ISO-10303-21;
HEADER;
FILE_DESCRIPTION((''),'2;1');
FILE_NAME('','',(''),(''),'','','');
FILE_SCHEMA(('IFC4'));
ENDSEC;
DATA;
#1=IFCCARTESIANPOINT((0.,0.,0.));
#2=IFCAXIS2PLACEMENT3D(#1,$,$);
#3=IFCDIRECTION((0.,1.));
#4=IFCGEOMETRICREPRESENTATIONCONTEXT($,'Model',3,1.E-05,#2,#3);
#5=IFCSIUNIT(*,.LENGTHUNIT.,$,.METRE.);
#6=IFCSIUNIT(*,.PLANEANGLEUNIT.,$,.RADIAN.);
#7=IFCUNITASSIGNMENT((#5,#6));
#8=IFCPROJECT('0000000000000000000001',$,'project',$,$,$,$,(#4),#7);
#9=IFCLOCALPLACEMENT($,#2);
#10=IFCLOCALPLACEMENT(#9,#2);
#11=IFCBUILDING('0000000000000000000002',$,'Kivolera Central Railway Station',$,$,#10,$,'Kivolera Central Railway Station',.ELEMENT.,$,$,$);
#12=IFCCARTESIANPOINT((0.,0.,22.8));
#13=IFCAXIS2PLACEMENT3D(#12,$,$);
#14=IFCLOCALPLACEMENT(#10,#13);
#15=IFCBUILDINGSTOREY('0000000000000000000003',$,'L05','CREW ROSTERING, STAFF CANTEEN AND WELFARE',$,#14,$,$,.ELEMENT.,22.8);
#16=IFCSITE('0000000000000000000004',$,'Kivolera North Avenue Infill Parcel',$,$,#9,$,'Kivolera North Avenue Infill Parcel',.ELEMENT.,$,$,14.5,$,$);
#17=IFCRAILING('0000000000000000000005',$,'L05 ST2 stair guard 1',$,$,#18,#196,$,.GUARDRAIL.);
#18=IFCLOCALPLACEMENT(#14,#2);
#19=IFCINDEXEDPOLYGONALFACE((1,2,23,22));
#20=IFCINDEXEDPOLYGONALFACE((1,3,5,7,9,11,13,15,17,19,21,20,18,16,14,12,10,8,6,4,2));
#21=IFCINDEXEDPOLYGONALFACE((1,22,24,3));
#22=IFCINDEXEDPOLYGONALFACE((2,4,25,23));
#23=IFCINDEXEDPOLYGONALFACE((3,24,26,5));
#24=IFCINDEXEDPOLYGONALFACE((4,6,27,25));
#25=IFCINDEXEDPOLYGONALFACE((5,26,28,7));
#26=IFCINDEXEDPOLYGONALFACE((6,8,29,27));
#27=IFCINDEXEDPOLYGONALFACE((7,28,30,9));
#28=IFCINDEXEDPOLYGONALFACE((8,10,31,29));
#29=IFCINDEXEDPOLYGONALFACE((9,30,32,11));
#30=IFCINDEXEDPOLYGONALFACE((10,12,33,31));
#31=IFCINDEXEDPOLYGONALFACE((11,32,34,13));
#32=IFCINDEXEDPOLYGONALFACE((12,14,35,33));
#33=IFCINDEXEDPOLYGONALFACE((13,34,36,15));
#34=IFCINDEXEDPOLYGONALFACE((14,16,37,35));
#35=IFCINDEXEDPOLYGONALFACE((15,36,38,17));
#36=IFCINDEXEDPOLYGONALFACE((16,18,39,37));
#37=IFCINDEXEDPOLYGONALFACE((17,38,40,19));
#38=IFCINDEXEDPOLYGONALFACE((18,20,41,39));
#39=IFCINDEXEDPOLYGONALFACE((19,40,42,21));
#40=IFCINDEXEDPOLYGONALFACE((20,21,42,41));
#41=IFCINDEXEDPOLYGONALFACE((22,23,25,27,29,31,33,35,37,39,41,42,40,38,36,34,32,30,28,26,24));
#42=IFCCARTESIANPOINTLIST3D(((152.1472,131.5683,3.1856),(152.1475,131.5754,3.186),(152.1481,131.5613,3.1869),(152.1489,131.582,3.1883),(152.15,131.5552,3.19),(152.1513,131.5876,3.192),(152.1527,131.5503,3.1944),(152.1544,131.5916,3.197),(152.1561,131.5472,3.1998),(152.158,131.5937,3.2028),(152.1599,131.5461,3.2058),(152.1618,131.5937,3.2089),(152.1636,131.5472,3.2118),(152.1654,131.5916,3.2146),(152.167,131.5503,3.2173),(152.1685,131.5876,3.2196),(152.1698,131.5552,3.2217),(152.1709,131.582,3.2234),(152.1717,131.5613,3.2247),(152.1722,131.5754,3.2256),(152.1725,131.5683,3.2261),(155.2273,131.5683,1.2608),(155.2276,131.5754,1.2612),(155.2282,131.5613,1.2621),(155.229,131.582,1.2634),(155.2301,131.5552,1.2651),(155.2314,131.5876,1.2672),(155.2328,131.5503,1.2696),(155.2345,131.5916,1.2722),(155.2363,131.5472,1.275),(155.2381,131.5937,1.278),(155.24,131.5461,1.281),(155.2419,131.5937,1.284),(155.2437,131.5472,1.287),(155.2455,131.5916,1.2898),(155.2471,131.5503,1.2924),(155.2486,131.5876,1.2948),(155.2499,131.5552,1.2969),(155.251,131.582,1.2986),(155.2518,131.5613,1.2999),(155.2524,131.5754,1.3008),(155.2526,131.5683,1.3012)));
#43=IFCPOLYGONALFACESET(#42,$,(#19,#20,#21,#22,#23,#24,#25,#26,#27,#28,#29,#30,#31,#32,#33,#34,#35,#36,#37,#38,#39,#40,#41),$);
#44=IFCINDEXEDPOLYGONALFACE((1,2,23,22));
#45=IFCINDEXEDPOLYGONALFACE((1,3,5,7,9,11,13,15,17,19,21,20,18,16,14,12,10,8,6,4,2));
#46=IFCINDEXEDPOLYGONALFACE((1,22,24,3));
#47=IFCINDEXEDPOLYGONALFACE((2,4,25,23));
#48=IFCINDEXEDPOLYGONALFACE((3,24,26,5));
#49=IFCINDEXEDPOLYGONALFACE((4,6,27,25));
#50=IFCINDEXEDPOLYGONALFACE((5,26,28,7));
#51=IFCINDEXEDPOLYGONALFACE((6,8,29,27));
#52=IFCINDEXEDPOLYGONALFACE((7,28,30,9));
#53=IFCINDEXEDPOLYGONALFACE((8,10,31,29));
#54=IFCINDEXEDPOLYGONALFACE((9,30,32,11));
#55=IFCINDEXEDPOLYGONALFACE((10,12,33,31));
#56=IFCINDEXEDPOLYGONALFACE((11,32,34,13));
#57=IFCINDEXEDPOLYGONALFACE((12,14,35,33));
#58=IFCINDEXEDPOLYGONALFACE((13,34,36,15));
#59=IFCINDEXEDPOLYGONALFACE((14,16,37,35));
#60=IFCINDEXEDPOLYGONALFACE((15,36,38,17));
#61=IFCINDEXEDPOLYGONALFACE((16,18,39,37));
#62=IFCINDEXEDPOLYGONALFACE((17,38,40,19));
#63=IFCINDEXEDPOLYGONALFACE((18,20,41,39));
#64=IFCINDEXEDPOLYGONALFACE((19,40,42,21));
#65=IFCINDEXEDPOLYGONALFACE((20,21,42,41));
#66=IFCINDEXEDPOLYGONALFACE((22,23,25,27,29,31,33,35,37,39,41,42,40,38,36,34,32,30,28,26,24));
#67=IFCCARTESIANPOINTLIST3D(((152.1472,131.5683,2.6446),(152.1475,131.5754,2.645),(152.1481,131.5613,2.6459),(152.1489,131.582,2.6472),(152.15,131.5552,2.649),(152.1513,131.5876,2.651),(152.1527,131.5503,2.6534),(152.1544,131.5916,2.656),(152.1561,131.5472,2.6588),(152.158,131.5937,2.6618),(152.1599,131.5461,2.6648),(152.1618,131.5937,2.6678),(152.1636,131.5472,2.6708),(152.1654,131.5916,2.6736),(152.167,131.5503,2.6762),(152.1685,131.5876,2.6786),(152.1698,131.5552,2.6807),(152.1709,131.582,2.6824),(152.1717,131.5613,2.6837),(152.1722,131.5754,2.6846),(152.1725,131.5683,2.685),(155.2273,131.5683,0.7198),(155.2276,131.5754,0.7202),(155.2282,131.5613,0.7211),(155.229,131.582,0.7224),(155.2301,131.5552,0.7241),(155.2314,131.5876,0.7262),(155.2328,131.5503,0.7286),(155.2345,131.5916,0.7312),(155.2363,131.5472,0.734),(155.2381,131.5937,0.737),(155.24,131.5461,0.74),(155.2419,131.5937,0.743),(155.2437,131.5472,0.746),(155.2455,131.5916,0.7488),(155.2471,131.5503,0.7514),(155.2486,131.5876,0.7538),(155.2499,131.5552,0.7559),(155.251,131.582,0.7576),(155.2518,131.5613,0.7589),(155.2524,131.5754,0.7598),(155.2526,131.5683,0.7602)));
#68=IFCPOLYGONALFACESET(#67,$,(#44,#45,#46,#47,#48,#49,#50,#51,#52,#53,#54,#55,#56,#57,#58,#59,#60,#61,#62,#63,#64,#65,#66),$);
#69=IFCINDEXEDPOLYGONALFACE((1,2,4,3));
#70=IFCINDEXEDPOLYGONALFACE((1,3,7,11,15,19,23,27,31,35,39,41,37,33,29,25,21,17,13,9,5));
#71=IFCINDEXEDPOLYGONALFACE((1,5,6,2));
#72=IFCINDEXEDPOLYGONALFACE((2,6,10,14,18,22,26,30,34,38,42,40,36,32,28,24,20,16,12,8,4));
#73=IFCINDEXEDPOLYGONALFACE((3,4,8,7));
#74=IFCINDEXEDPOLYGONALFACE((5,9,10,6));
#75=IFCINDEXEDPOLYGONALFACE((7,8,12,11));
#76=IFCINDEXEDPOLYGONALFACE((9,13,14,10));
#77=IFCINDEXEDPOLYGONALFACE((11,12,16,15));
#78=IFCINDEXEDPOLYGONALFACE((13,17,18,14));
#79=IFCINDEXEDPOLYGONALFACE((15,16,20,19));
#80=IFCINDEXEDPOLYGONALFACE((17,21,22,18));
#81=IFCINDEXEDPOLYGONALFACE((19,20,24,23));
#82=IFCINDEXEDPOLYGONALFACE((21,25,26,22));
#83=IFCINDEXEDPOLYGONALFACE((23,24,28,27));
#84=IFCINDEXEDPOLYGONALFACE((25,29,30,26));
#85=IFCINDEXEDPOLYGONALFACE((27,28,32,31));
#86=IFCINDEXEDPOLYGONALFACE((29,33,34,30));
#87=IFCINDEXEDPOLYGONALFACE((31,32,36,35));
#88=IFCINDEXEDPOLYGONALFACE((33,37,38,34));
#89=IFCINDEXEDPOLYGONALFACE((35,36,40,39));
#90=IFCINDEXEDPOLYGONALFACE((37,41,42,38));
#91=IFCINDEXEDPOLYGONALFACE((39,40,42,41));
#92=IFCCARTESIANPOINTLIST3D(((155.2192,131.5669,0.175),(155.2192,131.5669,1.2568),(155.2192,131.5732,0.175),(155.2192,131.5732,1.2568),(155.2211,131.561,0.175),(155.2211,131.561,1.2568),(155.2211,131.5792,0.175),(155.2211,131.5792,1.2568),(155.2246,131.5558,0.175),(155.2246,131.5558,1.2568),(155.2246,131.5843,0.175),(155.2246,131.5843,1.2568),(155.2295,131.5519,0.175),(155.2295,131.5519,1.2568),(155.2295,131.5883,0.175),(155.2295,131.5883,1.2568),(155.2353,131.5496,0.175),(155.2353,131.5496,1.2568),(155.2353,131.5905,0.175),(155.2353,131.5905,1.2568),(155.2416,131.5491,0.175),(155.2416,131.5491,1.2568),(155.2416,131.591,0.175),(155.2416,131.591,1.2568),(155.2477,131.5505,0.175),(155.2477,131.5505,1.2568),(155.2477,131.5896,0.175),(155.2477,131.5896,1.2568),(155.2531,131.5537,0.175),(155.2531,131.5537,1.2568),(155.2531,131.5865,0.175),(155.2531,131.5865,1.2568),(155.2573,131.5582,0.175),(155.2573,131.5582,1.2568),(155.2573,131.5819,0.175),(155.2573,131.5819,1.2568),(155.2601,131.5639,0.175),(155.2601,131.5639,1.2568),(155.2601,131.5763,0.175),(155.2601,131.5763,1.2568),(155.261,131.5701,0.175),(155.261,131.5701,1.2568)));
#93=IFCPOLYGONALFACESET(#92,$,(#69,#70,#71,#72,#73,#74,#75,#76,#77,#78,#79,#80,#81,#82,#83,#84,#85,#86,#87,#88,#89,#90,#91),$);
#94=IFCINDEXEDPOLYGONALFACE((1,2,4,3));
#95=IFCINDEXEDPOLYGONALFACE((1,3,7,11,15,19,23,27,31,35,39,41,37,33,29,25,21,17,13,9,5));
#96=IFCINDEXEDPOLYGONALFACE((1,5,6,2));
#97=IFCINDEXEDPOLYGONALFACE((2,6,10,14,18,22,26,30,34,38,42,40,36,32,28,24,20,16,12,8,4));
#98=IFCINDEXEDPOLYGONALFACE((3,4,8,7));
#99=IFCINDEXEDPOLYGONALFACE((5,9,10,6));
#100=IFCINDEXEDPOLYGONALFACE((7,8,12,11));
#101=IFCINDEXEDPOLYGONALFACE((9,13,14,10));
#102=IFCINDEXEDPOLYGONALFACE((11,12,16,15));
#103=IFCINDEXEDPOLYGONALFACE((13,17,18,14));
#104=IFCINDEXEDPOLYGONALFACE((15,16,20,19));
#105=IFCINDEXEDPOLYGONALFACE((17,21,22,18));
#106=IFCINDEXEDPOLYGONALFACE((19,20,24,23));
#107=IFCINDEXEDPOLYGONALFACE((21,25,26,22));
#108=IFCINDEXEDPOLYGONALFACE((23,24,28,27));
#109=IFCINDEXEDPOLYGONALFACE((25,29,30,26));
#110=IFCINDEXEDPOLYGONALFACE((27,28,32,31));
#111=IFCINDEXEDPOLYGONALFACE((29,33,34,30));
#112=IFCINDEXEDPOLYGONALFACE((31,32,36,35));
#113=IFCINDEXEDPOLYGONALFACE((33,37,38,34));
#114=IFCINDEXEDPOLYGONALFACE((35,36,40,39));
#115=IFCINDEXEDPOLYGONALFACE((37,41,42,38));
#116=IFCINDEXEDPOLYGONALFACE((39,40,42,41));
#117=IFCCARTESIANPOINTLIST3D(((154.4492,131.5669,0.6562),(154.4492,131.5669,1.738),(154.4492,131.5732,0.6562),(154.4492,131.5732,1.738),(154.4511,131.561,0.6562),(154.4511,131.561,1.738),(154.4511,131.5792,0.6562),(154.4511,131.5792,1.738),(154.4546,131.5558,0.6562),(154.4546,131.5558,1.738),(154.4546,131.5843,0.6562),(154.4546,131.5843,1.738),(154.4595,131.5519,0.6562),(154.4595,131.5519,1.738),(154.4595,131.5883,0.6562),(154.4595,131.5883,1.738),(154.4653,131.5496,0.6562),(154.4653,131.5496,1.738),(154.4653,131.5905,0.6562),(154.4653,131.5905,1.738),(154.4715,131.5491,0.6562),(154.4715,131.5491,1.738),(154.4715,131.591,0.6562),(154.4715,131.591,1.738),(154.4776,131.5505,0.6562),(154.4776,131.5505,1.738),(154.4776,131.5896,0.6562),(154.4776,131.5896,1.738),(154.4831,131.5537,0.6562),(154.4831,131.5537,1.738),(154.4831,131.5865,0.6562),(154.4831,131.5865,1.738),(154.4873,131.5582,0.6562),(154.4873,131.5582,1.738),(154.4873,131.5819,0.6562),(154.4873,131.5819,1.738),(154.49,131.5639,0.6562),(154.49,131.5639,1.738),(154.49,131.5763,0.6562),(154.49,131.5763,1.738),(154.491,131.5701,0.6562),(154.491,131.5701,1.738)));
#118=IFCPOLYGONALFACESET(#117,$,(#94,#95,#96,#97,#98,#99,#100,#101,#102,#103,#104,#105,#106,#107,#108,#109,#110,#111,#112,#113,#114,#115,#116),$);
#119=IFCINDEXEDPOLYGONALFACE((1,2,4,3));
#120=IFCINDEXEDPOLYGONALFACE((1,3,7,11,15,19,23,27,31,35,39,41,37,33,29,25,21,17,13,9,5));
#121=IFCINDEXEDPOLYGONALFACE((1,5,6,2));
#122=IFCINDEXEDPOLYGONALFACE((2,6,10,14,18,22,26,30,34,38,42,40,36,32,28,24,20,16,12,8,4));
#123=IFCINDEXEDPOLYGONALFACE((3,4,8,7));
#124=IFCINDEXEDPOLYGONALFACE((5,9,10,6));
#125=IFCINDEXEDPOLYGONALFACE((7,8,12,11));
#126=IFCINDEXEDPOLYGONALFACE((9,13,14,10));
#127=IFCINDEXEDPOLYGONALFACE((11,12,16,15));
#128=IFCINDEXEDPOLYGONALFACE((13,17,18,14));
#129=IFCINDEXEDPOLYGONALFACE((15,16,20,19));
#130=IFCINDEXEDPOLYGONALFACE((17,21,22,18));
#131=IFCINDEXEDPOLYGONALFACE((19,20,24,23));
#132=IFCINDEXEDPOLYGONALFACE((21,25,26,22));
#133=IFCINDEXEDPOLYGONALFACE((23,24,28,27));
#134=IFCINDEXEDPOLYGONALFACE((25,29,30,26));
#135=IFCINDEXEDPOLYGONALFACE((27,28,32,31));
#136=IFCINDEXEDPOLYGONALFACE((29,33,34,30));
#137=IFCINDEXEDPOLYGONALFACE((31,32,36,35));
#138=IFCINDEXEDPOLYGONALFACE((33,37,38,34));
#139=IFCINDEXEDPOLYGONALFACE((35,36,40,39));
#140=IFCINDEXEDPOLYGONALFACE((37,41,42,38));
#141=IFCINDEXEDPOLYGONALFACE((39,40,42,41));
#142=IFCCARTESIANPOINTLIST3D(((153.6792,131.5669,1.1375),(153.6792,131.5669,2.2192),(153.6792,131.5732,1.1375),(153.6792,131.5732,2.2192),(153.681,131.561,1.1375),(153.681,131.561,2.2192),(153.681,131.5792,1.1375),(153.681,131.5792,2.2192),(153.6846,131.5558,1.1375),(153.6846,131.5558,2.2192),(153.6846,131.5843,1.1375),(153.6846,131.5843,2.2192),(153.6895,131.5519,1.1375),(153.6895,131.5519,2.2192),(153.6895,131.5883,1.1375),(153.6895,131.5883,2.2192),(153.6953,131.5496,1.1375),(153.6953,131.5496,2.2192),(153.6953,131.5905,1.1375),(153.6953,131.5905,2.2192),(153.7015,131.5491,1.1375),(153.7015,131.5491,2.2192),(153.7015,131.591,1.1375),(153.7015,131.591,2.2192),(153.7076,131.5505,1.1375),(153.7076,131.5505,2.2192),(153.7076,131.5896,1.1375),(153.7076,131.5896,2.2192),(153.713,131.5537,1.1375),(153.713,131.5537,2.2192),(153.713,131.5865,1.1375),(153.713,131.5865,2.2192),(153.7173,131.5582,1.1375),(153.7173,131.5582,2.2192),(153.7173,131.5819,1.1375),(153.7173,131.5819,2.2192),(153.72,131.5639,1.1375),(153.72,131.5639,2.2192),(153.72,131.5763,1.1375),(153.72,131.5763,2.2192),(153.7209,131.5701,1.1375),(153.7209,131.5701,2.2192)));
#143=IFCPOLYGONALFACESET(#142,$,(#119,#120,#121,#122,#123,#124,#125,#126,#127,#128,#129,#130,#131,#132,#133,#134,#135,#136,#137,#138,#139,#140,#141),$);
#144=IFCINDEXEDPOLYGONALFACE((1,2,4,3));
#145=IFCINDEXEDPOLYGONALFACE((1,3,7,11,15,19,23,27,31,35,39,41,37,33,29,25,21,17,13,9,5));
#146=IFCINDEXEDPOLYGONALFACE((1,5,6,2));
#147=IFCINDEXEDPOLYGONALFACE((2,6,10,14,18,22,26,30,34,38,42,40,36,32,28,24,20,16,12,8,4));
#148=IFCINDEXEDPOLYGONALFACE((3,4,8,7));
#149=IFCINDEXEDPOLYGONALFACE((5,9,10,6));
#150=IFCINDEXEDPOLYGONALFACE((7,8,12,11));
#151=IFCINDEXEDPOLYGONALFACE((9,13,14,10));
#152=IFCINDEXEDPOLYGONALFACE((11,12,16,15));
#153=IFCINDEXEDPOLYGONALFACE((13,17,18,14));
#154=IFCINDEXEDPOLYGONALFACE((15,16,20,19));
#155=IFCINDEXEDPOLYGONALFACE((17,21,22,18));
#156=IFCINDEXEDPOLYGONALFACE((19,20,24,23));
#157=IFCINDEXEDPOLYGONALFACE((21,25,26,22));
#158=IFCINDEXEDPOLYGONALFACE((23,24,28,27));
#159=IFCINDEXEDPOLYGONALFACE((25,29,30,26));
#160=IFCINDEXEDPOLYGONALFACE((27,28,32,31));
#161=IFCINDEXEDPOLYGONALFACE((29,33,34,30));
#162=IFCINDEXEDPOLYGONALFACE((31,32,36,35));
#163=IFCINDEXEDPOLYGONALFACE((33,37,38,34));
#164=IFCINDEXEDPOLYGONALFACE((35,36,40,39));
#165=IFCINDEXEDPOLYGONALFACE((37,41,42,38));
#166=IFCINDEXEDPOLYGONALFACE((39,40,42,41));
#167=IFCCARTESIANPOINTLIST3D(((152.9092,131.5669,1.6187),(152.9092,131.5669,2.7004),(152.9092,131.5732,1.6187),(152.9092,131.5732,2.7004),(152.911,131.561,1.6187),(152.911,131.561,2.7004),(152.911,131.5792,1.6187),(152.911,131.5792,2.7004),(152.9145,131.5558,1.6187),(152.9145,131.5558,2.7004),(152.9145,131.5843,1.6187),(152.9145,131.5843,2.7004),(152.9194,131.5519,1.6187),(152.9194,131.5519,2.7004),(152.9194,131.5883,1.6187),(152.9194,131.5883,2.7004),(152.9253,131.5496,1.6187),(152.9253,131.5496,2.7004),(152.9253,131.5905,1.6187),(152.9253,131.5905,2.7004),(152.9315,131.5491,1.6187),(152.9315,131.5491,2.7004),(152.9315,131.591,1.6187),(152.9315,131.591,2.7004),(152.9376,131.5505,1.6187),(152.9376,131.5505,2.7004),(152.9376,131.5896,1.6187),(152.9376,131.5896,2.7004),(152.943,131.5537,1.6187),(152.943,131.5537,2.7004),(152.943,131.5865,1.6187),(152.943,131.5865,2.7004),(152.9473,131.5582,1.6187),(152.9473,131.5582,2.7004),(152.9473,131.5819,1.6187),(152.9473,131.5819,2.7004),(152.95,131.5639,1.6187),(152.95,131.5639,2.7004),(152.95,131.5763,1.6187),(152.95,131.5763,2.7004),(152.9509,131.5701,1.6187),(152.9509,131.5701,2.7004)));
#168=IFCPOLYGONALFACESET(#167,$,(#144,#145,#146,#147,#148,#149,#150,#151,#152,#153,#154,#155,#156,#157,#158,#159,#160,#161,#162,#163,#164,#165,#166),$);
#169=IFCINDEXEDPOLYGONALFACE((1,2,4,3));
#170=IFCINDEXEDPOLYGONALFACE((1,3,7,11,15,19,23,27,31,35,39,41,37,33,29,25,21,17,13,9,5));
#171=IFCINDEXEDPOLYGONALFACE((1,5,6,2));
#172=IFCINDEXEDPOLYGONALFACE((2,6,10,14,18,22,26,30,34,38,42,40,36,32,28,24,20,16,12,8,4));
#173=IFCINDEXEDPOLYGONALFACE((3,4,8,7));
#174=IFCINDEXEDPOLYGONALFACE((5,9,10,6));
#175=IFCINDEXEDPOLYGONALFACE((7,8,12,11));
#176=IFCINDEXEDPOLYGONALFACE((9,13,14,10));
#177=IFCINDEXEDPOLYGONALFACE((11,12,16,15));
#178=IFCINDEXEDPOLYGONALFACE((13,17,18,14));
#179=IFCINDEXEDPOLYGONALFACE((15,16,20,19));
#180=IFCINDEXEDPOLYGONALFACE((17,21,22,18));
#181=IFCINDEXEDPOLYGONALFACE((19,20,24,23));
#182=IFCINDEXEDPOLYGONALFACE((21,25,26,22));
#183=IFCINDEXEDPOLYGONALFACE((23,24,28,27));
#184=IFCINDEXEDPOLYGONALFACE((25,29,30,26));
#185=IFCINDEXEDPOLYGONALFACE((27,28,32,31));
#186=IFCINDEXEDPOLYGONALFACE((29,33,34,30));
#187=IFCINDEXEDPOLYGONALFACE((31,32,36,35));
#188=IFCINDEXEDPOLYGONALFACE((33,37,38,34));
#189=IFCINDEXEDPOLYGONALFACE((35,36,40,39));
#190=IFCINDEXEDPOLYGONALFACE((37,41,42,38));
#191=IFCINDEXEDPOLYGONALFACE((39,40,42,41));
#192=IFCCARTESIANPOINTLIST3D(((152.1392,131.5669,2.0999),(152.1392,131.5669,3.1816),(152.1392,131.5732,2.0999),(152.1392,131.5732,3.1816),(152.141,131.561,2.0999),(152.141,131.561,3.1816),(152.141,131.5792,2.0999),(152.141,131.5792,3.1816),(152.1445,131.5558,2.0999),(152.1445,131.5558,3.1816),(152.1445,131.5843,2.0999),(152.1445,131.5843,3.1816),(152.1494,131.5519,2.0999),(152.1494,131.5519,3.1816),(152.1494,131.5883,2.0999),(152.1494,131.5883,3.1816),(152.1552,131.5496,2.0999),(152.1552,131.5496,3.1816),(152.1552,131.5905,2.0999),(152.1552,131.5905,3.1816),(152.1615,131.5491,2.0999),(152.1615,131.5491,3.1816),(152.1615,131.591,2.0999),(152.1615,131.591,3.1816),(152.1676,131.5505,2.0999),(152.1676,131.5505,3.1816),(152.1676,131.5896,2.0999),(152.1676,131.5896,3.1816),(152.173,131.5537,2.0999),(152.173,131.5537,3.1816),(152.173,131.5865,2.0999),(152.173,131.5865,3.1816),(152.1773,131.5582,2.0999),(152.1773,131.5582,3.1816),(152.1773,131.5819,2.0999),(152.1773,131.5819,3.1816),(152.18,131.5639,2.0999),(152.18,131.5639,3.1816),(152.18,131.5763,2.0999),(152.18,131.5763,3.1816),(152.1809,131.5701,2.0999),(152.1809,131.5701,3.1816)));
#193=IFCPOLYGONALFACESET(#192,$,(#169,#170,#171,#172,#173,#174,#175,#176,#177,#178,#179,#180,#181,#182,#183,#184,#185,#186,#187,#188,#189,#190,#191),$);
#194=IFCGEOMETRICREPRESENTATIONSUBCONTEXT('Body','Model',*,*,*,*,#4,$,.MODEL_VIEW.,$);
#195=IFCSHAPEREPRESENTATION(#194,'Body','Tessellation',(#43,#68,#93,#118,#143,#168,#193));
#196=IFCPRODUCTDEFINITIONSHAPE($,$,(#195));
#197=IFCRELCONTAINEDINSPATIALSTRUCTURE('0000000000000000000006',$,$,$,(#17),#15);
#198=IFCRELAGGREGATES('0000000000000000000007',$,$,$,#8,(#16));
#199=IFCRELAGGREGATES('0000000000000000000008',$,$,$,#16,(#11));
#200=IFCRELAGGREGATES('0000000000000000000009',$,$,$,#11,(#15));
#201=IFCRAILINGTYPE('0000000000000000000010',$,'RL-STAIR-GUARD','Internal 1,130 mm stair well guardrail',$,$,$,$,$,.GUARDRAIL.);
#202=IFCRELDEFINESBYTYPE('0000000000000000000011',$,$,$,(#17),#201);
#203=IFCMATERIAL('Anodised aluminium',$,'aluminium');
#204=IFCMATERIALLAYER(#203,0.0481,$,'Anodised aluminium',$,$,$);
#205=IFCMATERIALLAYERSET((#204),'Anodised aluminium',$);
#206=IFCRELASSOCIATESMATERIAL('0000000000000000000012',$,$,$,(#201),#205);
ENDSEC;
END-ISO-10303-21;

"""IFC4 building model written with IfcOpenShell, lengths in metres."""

from ifc_helpers import new_model, si_unit, direction, frame, origin, origin_2d, place, context, subcontext, project, spatial, circle, extrude, material, layer, layer_set, type_object, element, save


model = new_model("IFC4")

# Units and contexts
model_context = context("Model", 3, precision=1e-05, world=origin(), true_north=direction((0.0, 1.0)))
body_context = subcontext(model_context, "Body", "Model", "MODEL_VIEW")
ifc_project = project(units=[si_unit("LENGTHUNIT", "METRE"), si_unit("PLANEANGLEUNIT", "RADIAN")], contexts=[model_context])

# Site, building, storey
site_placement = place(None, origin())
site = spatial("IfcSite", under=ifc_project, at=site_placement, Name="Kivolera North Avenue Infill Parcel", LongName="Kivolera North Avenue Infill Parcel", CompositionType="ELEMENT", RefElevation=14.5)
building_placement = place(site_placement, origin())
building = spatial("IfcBuilding", under=site, at=building_placement, Name="Kivolera Central Railway Station", LongName="Kivolera Central Railway Station", CompositionType="ELEMENT")
storey_placement = place(building_placement, frame((0.0, 0.0, 22.8)))
storey = spatial("IfcBuildingStorey", under=building, at=storey_placement, Name="L05", Description="CREW ROSTERING, STAFF CANTEEN AND WELFARE", CompositionType="ELEMENT", Elevation=22.8)

# Shared definitions
ifc_material_1 = material(Name="Anodised aluminium", Category="aluminium")

# Railing
ifc_layer_1 = layer(ifc_material_1, 0.0481, Name="Anodised aluminium")
ifc_layer_set_1 = layer_set([ifc_layer_1], Name="Anodised aluminium")
railing_type_1 = type_object("IfcRailingType", Name="RL-STAIR-GUARD", Description="Internal 1,130 mm stair well guardrail", PredefinedType="GUARDRAIL", material=ifc_layer_set_1)
railing_1_placement = place(storey_placement, frame((155.24, 131.5701, 0.175)))
element("IfcRailing", 1, at=railing_1_placement, inside=storey, type_object=railing_type_1, Name="L05 ST2 stair guard 1", PredefinedType="GUARDRAIL", context=body_context, shape_type="SweptSolid", body=[
    extrude(circle(Radius=0.0239, at=origin_2d()), frame((0.0, 0.0, 1.106), z_axis=(-0.848029, 0.0, 0.529951), x_axis=(0.0, -1.0, 0.0)), (0.0, 0.0, 1.0), 3.6321),
    extrude(circle(Radius=0.0239, at=origin_2d()), frame((0.0, 0.0, 0.5649), z_axis=(-0.848029, 0.0, 0.529951), x_axis=(0.0, -1.0, 0.0)), (0.0, 0.0, 1.0), 3.6321),
    extrude(circle(Radius=0.021, at=origin_2d()), origin(), (0.0, 0.0, 1.0), 1.0818),
    extrude(circle(Radius=0.021, at=origin_2d()), frame((-0.77, 0.0, 0.4812)), (0.0, 0.0, 1.0), 1.0818),
    extrude(circle(Radius=0.021, at=origin_2d()), frame((-1.54, 0.0, 0.9624)), (0.0, 0.0, 1.0), 1.0818),
    extrude(circle(Radius=0.021, at=origin_2d()), frame((-2.3101, 0.0, 1.4436)), (0.0, 0.0, 1.0), 1.0818),
    extrude(circle(Radius=0.021, at=origin_2d()), frame((-3.0801, 0.0, 1.9248)), (0.0, 0.0, 1.0), 1.0818),
])

save(model, "model.ifc")
